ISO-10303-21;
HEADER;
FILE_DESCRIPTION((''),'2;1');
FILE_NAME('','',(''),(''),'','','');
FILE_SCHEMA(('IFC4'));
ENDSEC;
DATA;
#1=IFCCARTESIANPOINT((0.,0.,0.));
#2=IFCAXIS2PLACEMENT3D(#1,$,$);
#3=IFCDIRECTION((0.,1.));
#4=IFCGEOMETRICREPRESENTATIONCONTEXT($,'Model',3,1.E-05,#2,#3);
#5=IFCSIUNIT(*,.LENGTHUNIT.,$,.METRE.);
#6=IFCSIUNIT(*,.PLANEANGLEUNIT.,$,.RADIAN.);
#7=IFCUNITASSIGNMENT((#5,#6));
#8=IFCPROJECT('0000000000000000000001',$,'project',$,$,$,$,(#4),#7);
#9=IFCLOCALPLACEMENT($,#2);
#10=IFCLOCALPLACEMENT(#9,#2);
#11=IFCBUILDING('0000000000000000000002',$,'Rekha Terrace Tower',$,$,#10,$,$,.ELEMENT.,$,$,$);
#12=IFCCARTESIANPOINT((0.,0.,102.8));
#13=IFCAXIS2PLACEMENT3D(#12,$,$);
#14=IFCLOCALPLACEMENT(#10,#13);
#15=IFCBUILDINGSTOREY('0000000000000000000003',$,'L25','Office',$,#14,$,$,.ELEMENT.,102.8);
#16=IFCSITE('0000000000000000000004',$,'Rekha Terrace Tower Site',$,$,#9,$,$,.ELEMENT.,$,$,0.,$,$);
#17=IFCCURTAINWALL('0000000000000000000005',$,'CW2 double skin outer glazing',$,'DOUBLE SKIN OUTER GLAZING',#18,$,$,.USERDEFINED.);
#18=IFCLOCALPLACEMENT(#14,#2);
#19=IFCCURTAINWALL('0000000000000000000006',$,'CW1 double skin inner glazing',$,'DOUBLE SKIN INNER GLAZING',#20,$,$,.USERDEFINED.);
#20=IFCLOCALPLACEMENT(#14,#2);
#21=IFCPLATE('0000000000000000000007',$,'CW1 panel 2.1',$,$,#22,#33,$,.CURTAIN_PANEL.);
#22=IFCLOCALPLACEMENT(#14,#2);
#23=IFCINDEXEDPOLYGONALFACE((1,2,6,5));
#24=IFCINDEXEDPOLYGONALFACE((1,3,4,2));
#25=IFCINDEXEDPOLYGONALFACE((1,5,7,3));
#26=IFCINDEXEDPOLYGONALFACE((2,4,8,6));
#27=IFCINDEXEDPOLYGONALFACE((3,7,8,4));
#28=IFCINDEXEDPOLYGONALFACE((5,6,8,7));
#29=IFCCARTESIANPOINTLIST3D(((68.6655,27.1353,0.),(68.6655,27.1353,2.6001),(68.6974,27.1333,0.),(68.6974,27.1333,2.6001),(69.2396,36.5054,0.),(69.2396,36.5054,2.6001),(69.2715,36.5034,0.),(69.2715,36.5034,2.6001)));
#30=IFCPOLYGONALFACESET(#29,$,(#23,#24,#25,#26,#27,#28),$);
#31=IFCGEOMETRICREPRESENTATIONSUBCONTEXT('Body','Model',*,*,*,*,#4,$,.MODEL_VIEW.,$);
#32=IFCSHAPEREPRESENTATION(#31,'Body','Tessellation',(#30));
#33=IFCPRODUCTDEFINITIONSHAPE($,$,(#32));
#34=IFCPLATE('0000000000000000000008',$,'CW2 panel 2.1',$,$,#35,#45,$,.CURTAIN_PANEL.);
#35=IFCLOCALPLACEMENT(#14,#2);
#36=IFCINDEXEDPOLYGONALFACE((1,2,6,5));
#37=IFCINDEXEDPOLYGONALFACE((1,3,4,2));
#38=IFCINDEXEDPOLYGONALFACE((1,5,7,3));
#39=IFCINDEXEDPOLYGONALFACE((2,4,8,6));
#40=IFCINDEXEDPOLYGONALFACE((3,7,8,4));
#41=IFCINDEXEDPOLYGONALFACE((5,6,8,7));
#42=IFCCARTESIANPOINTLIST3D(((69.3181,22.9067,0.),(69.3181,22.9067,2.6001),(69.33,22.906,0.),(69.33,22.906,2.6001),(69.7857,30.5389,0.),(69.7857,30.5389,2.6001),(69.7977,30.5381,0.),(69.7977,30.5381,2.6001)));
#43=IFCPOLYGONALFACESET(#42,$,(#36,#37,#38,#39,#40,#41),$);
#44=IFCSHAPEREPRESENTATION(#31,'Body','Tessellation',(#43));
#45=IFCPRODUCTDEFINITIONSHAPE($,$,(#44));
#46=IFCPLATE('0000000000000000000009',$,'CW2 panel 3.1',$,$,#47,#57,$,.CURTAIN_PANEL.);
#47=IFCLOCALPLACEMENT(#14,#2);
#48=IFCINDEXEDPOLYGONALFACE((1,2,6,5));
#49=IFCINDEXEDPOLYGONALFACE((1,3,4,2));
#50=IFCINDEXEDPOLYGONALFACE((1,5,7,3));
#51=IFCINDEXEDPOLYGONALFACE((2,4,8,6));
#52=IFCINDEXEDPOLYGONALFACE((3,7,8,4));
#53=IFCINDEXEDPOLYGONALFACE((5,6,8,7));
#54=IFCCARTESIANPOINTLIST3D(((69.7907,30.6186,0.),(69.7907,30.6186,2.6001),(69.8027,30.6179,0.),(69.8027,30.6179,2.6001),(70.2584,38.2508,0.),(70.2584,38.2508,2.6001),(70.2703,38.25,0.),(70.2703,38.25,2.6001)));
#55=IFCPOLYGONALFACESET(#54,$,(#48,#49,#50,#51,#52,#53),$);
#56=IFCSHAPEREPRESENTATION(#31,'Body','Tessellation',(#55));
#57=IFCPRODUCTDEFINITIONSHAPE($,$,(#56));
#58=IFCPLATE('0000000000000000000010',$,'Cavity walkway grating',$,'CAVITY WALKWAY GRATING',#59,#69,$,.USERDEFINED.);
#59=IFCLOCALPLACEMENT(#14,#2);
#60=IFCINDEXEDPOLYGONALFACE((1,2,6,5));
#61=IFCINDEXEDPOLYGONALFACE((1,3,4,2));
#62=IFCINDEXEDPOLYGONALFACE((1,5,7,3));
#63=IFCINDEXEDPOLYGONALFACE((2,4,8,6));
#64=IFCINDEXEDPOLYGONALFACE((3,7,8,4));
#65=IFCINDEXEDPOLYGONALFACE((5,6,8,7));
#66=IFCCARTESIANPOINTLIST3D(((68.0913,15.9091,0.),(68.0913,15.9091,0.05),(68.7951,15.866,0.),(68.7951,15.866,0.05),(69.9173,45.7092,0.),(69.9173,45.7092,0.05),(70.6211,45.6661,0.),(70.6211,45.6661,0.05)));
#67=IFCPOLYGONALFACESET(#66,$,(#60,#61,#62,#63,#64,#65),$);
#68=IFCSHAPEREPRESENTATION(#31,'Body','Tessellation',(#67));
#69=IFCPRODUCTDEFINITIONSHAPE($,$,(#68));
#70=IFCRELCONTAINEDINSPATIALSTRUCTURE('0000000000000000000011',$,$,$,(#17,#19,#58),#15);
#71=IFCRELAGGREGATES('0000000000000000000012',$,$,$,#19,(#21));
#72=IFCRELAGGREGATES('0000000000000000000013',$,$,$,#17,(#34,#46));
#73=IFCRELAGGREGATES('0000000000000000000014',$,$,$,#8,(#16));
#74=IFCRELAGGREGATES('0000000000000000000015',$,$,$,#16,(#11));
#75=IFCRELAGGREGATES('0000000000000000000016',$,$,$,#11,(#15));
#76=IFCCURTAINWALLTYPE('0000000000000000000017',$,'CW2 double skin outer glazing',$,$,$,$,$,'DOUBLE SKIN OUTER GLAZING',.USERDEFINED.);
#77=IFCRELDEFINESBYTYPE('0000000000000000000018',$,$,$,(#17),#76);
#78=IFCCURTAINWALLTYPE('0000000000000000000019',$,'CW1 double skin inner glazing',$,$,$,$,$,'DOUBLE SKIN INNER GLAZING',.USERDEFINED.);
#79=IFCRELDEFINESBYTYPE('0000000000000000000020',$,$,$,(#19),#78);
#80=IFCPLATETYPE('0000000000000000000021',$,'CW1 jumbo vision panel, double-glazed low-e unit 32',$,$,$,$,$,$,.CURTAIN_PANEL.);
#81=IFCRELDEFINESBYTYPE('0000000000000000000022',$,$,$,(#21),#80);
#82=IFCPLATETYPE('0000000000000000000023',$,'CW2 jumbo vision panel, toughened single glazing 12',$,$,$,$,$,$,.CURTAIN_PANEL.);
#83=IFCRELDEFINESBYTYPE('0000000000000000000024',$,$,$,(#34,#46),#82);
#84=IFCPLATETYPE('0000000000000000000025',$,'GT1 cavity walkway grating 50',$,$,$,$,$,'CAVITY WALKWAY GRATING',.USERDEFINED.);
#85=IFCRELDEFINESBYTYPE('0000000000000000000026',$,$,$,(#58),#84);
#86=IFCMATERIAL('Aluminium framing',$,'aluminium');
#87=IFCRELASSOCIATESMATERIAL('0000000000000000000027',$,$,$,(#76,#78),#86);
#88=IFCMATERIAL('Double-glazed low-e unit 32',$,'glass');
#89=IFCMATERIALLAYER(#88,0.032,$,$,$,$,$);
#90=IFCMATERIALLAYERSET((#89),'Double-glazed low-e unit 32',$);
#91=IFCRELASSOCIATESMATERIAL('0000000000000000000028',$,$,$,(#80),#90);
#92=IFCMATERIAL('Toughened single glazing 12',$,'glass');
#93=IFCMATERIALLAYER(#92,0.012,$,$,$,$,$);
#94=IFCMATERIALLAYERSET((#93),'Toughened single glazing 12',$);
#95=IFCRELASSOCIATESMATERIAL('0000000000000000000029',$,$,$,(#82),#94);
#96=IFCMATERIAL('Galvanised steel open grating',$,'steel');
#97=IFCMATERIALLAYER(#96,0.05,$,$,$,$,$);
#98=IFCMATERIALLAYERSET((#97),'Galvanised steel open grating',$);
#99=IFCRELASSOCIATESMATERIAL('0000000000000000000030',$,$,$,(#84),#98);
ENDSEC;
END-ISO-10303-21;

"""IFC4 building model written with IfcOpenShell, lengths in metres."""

from ifc_helpers import new_model, si_unit, direction, frame, origin, origin_2d, place, context, subcontext, project, spatial, rectangle, extrude, material, layer, layer_set, type_object, element, aggregate, save


model = new_model("IFC4")

# Units and contexts
model_context = context("Model", 3, precision=1e-05, world=origin(), true_north=direction((0.0, 1.0)))
body_context = subcontext(model_context, "Body", "Model", "MODEL_VIEW")
ifc_project = project(units=[si_unit("LENGTHUNIT", "METRE"), si_unit("PLANEANGLEUNIT", "RADIAN")], contexts=[model_context])

# Site, building, storey
site_placement = place(None, origin())
site = spatial("IfcSite", under=ifc_project, at=site_placement, Name="Rekha Terrace Tower Site", CompositionType="ELEMENT", RefElevation=0.0)
building_placement = place(site_placement, origin())
building = spatial("IfcBuilding", under=site, at=building_placement, Name="Rekha Terrace Tower", CompositionType="ELEMENT")
storey_placement = place(building_placement, frame((0.0, 0.0, 102.8)))
storey = spatial("IfcBuildingStorey", under=building, at=storey_placement, Name="L25", Description="Office", CompositionType="ELEMENT", Elevation=102.8)

# Curtain walls
ifc_material_1 = material(Name="Aluminium framing", Category="aluminium")
curtain_wall_type_1 = type_object("IfcCurtainWallType", Name="CW2 double skin outer glazing", ElementType="DOUBLE SKIN OUTER GLAZING", PredefinedType="USERDEFINED", material=ifc_material_1)
curtain_wall_1_placement = place(storey_placement, origin())
curtain_wall_1 = element("IfcCurtainWall", 1, at=curtain_wall_1_placement, inside=storey, type_object=curtain_wall_type_1, Name="CW2 double skin outer glazing", ObjectType="DOUBLE SKIN OUTER GLAZING", PredefinedType="USERDEFINED")
curtain_wall_type_2 = type_object("IfcCurtainWallType", Name="CW1 double skin inner glazing", ElementType="DOUBLE SKIN INNER GLAZING", PredefinedType="USERDEFINED", material=ifc_material_1)
curtain_wall_2_placement = place(storey_placement, origin())
curtain_wall_2 = element("IfcCurtainWall", 2, at=curtain_wall_2_placement, inside=storey, type_object=curtain_wall_type_2, Name="CW1 double skin inner glazing", ObjectType="DOUBLE SKIN INNER GLAZING", PredefinedType="USERDEFINED")

# Plates
ifc_material_2 = material(Name="Double-glazed low-e unit 32", Category="glass")
ifc_layer_1 = layer(ifc_material_2, 0.032)
ifc_layer_set_1 = layer_set([ifc_layer_1], Name="Double-glazed low-e unit 32")
plate_type_1 = type_object("IfcPlateType", Name="CW1 jumbo vision panel, double-glazed low-e unit 32", PredefinedType="CURTAIN_PANEL", material=ifc_layer_set_1)
plate_1_placement = place(storey_placement, frame((68.9685, 31.8193, 0.0), z_axis=(0.0, 0.0, 1.0), x_axis=(0.06116, 0.998128, 0.0)))
plate_1 = element("IfcPlate", 3, at=plate_1_placement, type_object=plate_type_1, Name="CW1 panel 2.1", PredefinedType="CURTAIN_PANEL", context=body_context, shape_type="SweptSolid", body=[
    extrude(rectangle(XDim=9.3877, YDim=0.032, at=origin_2d()), origin(), (0.0, 0.0, 1.0), 2.6001),
])
aggregate(curtain_wall_2, [plate_1])
ifc_material_3 = material(Name="Toughened single glazing 12", Category="glass")
ifc_layer_2 = layer(ifc_material_3, 0.012)
ifc_layer_set_2 = layer_set([ifc_layer_2], Name="Toughened single glazing 12")
plate_type_2 = type_object("IfcPlateType", Name="CW2 jumbo vision panel, toughened single glazing 12", PredefinedType="CURTAIN_PANEL", material=ifc_layer_set_2)
plate_2_placement = place(storey_placement, frame((69.5579, 26.7224, 0.0), z_axis=(0.0, 0.0, 1.0), x_axis=(0.06116, 0.998128, 0.0)))
plate_2 = element("IfcPlate", 4, at=plate_2_placement, type_object=plate_type_2, Name="CW2 panel 2.1", PredefinedType="CURTAIN_PANEL", context=body_context, shape_type="SweptSolid", body=[
    extrude(rectangle(XDim=7.6465, YDim=0.012, at=origin_2d()), origin(), (0.0, 0.0, 1.0), 2.6001),
])
plate_3_placement = place(storey_placement, frame((70.0305, 34.4343, 0.0), z_axis=(0.0, 0.0, 1.0), x_axis=(0.06116, 0.998128, 0.0)))
plate_3 = element("IfcPlate", 5, at=plate_3_placement, type_object=plate_type_2, Name="CW2 panel 3.1", PredefinedType="CURTAIN_PANEL", context=body_context, shape_type="SweptSolid", body=[
    extrude(rectangle(XDim=7.6465, YDim=0.012, at=origin_2d()), origin(), (0.0, 0.0, 1.0), 2.6001),
])
aggregate(curtain_wall_1, [plate_2, plate_3])
ifc_material_4 = material(Name="Galvanised steel open grating", Category="steel")
ifc_layer_3 = layer(ifc_material_4, 0.05)
ifc_layer_set_3 = layer_set([ifc_layer_3], Name="Galvanised steel open grating")
plate_type_3 = type_object("IfcPlateType", Name="GT1 cavity walkway grating 50", ElementType="CAVITY WALKWAY GRATING", PredefinedType="USERDEFINED", material=ifc_layer_set_3)
plate_4_placement = place(storey_placement, frame((69.3562, 30.7876, 0.0), z_axis=(0.0, 0.0, 1.0), x_axis=(0.06116, 0.998128, 0.0)))
element("IfcPlate", 6, at=plate_4_placement, inside=storey, type_object=plate_type_3, Name="Cavity walkway grating", ObjectType="CAVITY WALKWAY GRATING", PredefinedType="USERDEFINED", context=body_context, shape_type="SweptSolid", body=[
    extrude(rectangle(XDim=29.856, YDim=0.7051, at=origin_2d()), origin(), (0.0, 0.0, 1.0), 0.05),
])

save(model, "model.ifc")
